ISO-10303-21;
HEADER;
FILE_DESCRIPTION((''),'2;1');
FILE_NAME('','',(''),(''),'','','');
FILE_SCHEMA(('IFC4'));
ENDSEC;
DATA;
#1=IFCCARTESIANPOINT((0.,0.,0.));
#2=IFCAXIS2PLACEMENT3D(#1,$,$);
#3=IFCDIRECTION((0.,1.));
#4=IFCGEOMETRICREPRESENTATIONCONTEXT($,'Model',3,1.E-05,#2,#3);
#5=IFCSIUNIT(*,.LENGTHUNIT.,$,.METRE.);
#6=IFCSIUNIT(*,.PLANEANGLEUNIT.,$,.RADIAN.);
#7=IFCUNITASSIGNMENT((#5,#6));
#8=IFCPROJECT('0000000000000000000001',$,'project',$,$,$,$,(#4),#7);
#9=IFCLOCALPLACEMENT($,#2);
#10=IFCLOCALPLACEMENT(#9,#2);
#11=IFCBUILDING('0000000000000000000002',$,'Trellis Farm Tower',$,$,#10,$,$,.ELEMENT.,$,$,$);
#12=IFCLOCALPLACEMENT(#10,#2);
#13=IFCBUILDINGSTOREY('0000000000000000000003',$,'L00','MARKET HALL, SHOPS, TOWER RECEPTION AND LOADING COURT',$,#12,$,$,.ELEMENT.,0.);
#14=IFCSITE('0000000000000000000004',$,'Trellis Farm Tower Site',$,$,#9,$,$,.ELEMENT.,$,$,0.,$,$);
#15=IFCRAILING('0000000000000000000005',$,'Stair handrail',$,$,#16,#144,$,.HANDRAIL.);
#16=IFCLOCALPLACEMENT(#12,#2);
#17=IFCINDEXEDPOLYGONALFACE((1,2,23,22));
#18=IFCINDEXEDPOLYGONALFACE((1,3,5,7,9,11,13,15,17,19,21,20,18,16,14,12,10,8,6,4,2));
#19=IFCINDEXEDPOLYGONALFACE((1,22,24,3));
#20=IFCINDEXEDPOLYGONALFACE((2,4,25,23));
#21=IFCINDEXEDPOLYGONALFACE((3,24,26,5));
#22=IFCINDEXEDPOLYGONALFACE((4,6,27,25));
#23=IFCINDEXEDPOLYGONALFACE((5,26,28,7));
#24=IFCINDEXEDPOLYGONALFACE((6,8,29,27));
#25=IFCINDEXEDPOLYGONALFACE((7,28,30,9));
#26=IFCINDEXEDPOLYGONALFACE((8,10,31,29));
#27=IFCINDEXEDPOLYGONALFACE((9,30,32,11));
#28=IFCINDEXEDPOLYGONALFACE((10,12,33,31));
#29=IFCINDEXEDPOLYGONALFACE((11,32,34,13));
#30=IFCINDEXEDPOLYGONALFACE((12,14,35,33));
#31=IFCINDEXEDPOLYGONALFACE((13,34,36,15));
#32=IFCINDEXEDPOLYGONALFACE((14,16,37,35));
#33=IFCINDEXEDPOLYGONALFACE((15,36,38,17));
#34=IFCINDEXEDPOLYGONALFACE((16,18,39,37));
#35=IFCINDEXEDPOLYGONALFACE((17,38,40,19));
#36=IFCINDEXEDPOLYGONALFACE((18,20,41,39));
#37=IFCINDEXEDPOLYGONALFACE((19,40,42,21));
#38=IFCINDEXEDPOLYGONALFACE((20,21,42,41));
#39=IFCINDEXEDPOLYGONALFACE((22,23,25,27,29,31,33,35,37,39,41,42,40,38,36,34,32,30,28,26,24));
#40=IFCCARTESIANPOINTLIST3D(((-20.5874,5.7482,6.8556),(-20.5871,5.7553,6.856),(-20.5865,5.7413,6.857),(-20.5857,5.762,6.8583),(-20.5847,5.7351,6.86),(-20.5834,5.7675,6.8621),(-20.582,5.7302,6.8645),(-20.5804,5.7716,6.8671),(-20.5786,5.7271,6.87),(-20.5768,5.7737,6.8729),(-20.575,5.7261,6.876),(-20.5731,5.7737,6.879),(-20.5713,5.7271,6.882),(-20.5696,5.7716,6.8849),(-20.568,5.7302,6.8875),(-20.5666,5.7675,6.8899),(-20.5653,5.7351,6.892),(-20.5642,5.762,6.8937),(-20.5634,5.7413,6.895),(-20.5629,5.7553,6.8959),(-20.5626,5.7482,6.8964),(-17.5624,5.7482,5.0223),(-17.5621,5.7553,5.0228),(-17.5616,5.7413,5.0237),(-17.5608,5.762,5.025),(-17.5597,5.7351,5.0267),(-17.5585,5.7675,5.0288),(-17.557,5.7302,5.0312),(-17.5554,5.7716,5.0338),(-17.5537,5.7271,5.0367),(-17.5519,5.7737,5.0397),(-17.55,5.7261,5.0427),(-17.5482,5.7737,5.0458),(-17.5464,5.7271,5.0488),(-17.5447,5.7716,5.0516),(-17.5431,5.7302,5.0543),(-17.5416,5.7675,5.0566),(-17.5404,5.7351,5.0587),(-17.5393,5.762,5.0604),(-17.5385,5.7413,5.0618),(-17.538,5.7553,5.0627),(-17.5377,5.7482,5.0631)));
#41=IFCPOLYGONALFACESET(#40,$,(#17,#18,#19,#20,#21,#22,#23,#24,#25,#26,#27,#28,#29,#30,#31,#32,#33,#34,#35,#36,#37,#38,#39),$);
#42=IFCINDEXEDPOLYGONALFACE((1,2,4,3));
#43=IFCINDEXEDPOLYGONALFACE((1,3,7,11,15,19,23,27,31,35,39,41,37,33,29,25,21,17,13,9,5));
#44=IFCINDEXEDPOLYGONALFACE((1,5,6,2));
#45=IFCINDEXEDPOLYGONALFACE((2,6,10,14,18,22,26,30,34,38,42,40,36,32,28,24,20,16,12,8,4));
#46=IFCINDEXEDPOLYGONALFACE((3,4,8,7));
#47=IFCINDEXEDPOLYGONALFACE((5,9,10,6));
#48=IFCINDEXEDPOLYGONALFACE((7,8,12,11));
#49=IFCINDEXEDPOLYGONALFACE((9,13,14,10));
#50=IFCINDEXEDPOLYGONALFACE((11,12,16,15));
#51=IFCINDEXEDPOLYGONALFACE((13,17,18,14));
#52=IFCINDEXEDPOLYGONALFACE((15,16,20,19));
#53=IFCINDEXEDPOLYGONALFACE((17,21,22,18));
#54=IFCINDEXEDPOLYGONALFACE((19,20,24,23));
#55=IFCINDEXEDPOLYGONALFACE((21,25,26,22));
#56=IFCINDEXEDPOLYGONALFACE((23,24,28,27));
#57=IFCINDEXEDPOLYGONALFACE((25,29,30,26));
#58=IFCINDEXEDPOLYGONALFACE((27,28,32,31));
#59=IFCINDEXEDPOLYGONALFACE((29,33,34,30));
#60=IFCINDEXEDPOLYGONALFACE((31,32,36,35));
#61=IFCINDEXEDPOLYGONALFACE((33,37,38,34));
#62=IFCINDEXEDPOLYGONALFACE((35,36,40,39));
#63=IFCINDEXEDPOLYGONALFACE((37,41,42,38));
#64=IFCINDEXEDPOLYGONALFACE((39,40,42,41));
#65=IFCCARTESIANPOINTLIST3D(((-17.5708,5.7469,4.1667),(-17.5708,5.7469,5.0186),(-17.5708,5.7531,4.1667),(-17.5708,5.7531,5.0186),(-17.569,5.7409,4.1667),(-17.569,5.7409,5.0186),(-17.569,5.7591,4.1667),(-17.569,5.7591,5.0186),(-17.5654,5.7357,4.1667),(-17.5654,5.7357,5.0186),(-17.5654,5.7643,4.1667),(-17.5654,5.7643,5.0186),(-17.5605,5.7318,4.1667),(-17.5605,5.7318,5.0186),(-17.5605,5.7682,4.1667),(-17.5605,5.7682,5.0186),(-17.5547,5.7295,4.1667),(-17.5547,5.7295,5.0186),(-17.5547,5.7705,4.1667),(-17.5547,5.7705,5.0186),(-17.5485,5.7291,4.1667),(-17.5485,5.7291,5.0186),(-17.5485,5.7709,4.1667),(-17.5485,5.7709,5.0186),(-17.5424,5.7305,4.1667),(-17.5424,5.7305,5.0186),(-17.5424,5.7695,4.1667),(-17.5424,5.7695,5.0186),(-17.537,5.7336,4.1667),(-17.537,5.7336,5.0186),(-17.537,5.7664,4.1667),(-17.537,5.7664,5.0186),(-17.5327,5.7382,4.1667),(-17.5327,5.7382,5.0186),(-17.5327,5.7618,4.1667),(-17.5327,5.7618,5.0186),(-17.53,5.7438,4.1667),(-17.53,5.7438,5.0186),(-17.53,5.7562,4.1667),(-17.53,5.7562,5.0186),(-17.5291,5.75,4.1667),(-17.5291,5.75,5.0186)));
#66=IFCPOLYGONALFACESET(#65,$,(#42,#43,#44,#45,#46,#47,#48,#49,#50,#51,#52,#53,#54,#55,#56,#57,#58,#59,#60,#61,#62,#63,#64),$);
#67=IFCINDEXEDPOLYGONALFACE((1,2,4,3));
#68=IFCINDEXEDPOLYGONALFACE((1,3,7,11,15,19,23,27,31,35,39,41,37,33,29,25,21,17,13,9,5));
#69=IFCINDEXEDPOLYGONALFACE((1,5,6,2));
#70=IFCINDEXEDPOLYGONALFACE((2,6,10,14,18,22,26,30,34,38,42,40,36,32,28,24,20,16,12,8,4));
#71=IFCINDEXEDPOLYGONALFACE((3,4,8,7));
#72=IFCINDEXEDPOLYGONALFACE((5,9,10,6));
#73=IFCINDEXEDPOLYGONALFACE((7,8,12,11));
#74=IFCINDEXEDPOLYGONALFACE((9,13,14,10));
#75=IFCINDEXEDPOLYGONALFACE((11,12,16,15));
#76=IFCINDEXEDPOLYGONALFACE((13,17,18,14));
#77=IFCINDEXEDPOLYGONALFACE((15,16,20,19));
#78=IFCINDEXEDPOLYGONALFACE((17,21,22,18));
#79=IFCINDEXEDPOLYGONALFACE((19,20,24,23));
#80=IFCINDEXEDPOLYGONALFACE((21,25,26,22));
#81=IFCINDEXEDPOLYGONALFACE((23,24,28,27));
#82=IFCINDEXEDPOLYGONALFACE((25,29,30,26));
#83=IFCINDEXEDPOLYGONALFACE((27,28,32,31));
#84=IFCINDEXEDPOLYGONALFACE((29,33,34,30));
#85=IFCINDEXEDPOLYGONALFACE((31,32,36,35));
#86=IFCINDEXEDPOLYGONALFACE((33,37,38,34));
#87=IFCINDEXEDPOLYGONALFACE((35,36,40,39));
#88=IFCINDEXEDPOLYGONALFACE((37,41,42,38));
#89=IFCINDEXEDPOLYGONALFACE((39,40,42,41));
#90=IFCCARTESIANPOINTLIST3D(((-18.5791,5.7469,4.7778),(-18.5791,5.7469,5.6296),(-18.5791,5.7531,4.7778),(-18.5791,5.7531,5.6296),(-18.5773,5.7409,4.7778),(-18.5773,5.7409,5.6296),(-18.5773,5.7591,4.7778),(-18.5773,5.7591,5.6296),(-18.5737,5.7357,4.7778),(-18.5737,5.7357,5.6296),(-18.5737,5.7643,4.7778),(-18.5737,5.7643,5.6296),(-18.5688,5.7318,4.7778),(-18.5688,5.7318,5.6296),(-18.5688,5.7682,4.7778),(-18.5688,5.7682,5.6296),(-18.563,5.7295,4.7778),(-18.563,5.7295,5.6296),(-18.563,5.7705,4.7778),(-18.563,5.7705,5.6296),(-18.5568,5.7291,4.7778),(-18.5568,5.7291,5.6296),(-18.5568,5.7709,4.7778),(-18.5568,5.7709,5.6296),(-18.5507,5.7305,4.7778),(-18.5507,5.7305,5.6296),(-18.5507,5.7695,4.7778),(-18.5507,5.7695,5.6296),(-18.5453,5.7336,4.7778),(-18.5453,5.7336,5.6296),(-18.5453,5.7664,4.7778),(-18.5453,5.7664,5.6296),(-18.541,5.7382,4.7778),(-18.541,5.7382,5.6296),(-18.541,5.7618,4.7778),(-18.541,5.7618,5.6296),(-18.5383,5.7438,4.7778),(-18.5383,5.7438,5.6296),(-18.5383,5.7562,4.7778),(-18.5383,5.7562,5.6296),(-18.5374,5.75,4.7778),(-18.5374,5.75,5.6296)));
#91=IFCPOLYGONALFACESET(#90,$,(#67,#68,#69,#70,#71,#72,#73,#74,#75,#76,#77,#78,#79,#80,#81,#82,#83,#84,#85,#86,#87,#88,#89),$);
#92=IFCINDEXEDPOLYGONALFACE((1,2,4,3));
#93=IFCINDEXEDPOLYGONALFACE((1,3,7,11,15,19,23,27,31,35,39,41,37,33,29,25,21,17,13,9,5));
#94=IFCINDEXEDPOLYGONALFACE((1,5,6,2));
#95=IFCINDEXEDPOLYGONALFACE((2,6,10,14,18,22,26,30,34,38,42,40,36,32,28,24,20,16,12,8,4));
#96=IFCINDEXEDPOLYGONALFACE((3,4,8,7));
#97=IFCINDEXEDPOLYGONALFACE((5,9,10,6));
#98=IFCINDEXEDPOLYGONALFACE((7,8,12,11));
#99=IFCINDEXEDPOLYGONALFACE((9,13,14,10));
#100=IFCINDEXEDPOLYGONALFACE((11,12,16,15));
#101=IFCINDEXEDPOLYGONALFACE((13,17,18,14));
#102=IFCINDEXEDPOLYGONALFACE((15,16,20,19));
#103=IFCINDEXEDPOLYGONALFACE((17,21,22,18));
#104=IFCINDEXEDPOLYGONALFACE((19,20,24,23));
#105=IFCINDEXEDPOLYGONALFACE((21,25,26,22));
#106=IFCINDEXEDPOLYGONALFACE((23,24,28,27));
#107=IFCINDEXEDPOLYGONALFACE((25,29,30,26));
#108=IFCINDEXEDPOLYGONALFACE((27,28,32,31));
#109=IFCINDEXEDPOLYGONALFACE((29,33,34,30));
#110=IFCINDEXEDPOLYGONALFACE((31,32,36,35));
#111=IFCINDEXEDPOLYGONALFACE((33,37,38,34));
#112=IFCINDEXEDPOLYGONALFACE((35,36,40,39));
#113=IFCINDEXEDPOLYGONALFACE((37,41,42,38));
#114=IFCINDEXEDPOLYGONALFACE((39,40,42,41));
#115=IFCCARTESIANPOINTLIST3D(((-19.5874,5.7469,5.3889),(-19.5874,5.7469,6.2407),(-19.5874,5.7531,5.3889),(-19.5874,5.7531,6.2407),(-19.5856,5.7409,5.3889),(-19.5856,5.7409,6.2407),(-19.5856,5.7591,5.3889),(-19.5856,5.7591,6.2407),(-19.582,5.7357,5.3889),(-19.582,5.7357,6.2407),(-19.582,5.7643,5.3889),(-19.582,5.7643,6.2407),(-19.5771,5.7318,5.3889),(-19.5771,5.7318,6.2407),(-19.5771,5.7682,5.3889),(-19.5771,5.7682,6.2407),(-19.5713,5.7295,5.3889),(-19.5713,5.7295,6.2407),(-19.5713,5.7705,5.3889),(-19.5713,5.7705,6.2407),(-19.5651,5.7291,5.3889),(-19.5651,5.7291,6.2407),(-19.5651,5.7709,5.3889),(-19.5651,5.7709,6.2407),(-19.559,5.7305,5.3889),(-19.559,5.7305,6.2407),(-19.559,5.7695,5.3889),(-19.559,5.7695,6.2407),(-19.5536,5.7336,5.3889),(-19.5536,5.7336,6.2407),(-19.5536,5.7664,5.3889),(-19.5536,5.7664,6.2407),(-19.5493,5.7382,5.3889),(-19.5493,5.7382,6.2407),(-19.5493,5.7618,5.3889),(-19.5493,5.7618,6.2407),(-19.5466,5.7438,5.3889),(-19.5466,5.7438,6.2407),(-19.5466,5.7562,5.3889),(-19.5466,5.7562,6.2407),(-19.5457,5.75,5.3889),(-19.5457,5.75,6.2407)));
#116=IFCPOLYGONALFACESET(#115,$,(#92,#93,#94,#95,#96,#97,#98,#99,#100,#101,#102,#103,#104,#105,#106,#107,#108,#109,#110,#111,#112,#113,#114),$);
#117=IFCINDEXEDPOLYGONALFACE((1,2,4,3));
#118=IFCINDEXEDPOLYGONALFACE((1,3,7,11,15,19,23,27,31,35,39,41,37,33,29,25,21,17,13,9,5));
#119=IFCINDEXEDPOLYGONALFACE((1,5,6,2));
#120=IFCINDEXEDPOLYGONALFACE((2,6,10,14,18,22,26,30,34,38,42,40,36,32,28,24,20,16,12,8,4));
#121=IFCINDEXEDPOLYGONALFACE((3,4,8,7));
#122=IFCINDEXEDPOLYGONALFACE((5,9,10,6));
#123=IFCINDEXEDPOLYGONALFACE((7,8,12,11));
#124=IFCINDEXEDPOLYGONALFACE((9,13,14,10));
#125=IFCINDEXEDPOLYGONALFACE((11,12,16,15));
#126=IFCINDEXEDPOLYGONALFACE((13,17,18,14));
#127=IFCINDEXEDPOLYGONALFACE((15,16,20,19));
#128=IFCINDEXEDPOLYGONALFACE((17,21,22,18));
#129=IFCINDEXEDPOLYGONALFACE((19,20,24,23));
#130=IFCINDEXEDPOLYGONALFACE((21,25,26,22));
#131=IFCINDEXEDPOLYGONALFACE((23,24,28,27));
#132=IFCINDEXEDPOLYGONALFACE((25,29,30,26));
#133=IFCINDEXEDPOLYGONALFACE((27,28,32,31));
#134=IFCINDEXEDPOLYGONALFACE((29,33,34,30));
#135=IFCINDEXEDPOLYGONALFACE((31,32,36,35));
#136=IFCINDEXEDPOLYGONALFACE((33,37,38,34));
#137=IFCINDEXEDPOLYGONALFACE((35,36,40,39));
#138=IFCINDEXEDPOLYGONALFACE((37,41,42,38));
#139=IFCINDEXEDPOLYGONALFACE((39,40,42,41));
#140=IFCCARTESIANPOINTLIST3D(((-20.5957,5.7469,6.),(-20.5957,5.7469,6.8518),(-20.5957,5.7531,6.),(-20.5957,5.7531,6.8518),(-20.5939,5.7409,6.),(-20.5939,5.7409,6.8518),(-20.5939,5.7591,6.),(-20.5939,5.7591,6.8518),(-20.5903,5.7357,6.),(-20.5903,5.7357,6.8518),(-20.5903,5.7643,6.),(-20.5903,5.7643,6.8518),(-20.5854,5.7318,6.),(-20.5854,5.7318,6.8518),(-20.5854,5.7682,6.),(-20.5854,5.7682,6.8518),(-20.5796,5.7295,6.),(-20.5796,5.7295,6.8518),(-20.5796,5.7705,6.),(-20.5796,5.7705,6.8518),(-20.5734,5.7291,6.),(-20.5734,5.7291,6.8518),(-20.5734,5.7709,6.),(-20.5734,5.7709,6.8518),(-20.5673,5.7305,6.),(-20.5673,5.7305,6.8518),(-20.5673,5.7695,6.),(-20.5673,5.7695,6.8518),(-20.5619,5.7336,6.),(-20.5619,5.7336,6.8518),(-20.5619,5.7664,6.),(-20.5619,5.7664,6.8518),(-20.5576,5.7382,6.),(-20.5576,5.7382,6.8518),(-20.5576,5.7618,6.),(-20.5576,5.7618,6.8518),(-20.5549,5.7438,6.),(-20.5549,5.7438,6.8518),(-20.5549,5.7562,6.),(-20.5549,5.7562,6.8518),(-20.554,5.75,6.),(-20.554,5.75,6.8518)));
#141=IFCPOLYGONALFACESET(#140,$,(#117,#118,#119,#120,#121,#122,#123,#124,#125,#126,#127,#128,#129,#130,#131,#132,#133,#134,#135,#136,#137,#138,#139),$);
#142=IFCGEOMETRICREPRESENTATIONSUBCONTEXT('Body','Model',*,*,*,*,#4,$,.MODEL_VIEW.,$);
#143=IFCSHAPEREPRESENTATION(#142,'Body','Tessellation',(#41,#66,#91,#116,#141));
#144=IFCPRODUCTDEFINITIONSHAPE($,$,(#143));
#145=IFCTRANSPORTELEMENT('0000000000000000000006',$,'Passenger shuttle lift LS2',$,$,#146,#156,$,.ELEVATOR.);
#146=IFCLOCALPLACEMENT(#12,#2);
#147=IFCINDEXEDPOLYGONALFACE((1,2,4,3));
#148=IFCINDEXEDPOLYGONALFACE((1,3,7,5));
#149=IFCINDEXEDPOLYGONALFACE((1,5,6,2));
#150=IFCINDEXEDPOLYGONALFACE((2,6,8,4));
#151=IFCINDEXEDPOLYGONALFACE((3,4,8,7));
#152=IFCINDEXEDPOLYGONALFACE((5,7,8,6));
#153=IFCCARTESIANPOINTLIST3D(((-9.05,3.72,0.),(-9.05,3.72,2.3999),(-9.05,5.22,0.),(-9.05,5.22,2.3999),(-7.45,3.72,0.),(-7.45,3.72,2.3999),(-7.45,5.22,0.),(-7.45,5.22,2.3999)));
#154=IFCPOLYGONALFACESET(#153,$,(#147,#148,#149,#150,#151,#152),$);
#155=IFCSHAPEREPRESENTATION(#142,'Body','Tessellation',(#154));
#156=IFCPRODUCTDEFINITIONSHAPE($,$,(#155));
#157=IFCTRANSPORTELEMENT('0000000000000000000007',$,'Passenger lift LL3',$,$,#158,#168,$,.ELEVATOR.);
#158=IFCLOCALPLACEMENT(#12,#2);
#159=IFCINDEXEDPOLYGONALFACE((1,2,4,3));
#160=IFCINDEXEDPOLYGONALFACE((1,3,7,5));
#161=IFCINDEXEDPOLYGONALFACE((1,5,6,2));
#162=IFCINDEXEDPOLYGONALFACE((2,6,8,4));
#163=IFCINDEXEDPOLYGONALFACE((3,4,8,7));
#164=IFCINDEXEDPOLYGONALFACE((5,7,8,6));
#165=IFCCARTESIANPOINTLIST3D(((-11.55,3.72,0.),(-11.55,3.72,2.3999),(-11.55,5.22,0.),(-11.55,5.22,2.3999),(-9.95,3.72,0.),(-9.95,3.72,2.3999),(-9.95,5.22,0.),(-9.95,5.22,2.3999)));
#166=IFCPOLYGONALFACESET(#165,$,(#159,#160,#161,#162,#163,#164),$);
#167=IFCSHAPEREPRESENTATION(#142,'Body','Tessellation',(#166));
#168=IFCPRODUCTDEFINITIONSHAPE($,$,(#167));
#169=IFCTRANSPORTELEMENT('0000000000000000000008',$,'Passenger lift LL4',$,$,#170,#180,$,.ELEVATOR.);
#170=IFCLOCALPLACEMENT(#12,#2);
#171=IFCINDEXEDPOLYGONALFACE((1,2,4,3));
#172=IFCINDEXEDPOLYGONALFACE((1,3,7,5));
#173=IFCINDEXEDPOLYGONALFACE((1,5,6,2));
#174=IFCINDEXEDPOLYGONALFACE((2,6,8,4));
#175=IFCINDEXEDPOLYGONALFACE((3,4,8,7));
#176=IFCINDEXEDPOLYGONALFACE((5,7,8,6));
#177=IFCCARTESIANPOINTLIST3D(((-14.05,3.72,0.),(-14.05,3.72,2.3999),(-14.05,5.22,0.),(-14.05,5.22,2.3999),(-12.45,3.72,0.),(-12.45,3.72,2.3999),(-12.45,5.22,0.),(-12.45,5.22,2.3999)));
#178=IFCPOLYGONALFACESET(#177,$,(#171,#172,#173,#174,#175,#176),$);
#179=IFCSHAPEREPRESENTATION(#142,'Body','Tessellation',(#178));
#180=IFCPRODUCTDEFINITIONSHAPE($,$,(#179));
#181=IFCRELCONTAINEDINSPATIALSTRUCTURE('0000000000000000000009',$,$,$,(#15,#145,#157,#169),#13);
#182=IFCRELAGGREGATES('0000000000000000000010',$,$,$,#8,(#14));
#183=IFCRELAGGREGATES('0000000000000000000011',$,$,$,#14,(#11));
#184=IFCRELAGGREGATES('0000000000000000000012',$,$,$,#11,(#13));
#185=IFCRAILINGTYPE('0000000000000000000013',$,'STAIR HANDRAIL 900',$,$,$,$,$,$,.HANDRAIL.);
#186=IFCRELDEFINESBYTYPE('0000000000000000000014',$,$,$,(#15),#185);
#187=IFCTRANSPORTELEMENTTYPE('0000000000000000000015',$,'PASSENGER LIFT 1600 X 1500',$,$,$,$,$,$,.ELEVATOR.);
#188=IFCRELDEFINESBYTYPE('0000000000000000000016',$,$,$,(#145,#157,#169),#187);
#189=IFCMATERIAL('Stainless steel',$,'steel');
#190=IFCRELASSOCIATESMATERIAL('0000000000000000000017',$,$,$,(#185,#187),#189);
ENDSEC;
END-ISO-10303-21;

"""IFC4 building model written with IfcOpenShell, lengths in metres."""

from ifc_helpers import new_model, si_unit, direction, frame, origin, origin_2d, place, context, subcontext, project, spatial, rectangle, circle, extrude, source, transform, mapped, material, type_object, element, save


model = new_model("IFC4")

# Units and contexts
model_context = context("Model", 3, precision=1e-05, world=origin(), true_north=direction((0.0, 1.0)))
body_context = subcontext(model_context, "Body", "Model", "MODEL_VIEW")
ifc_project = project(units=[si_unit("LENGTHUNIT", "METRE"), si_unit("PLANEANGLEUNIT", "RADIAN")], contexts=[model_context])

# Site, building, storey
site_placement = place(None, origin())
site = spatial("IfcSite", under=ifc_project, at=site_placement, Name="Trellis Farm Tower Site", CompositionType="ELEMENT", RefElevation=0.0)
building_placement = place(site_placement, origin())
building = spatial("IfcBuilding", under=site, at=building_placement, Name="Trellis Farm Tower", CompositionType="ELEMENT")
storey_placement = place(building_placement, origin())
storey = spatial("IfcBuildingStorey", under=building, at=storey_placement, Name="L00", Description="MARKET HALL, SHOPS, TOWER RECEPTION AND LOADING COURT", CompositionType="ELEMENT", Elevation=0.0)

# Railing
ifc_material_1 = material(Name="Stainless steel", Category="steel")
railing_type = type_object("IfcRailingType", Name="STAIR HANDRAIL 900", PredefinedType="HANDRAIL", material=ifc_material_1)
shared_shape_1 = source(origin(), body_context, "Body", "SweptSolid", [
    extrude(circle(Radius=0.0239, at=origin_2d()), frame((0.0, 0.0, 0.876), z_axis=(-0.855201, 0.0, 0.518297), x_axis=(0.0, -1.0, 0.0)), (0.0, 0.0, 1.0), 3.5371),
    extrude(circle(Radius=0.021, at=origin_2d()), origin(), (0.0, 0.0, 1.0), 0.8518),
    extrude(circle(Radius=0.021, at=origin_2d()), frame((-1.0083, 0.0, 0.6111)), (0.0, 0.0, 1.0), 0.8518),
    extrude(circle(Radius=0.021, at=origin_2d()), frame((-2.0166, 0.0, 1.2222)), (0.0, 0.0, 1.0), 0.8518),
    extrude(circle(Radius=0.021, at=origin_2d()), frame((-3.0249, 0.0, 1.8333)), (0.0, 0.0, 1.0), 0.8518),
])
railing_placement = place(storey_placement, frame((-17.55, 5.75, 4.1667)))
element("IfcRailing", 1, at=railing_placement, inside=storey, type_object=railing_type, Name="Stair handrail", PredefinedType="HANDRAIL", context=body_context, shape_type="MappedRepresentation", body=[
    mapped(shared_shape_1, transform((0.0, 0.0, 0.0))),
])

# Transport elements
transport_element_type = type_object("IfcTransportElementType", Name="PASSENGER LIFT 1600 X 1500", PredefinedType="ELEVATOR", material=ifc_material_1)
shared_shape_2 = source(origin(), body_context, "Body", "SweptSolid", [
    extrude(rectangle(XDim=1.6001, YDim=1.5, at=origin_2d()), origin(), (0.0, 0.0, 1.0), 2.3999),
])
for number, where, z_axis, x_axis, name in (
    (2, (-8.25, 4.47, 0.0), (0.0, 0.0, 1.0), (-1.0, 0.0, 0.0), "Passenger shuttle lift LS2"),
    (3, (-10.75, 4.47, 0.0), (0.0, 0.0, 1.0), (-1.0, 0.0, 0.0), "Passenger lift LL3"),
    (4, (-13.25, 4.47, 0.0), (0.0, 0.0, 1.0), (-1.0, 0.0, 0.0), "Passenger lift LL4"),
):
    element("IfcTransportElement", number, at=place(storey_placement, frame(where, z_axis=z_axis, x_axis=x_axis)), inside=storey, type_object=transport_element_type, Name=name, PredefinedType="ELEVATOR", context=body_context, shape_type="MappedRepresentation", body=[
        mapped(shared_shape_2, transform((0.0, 0.0, 0.0))),
    ])

save(model, "model.ifc")
